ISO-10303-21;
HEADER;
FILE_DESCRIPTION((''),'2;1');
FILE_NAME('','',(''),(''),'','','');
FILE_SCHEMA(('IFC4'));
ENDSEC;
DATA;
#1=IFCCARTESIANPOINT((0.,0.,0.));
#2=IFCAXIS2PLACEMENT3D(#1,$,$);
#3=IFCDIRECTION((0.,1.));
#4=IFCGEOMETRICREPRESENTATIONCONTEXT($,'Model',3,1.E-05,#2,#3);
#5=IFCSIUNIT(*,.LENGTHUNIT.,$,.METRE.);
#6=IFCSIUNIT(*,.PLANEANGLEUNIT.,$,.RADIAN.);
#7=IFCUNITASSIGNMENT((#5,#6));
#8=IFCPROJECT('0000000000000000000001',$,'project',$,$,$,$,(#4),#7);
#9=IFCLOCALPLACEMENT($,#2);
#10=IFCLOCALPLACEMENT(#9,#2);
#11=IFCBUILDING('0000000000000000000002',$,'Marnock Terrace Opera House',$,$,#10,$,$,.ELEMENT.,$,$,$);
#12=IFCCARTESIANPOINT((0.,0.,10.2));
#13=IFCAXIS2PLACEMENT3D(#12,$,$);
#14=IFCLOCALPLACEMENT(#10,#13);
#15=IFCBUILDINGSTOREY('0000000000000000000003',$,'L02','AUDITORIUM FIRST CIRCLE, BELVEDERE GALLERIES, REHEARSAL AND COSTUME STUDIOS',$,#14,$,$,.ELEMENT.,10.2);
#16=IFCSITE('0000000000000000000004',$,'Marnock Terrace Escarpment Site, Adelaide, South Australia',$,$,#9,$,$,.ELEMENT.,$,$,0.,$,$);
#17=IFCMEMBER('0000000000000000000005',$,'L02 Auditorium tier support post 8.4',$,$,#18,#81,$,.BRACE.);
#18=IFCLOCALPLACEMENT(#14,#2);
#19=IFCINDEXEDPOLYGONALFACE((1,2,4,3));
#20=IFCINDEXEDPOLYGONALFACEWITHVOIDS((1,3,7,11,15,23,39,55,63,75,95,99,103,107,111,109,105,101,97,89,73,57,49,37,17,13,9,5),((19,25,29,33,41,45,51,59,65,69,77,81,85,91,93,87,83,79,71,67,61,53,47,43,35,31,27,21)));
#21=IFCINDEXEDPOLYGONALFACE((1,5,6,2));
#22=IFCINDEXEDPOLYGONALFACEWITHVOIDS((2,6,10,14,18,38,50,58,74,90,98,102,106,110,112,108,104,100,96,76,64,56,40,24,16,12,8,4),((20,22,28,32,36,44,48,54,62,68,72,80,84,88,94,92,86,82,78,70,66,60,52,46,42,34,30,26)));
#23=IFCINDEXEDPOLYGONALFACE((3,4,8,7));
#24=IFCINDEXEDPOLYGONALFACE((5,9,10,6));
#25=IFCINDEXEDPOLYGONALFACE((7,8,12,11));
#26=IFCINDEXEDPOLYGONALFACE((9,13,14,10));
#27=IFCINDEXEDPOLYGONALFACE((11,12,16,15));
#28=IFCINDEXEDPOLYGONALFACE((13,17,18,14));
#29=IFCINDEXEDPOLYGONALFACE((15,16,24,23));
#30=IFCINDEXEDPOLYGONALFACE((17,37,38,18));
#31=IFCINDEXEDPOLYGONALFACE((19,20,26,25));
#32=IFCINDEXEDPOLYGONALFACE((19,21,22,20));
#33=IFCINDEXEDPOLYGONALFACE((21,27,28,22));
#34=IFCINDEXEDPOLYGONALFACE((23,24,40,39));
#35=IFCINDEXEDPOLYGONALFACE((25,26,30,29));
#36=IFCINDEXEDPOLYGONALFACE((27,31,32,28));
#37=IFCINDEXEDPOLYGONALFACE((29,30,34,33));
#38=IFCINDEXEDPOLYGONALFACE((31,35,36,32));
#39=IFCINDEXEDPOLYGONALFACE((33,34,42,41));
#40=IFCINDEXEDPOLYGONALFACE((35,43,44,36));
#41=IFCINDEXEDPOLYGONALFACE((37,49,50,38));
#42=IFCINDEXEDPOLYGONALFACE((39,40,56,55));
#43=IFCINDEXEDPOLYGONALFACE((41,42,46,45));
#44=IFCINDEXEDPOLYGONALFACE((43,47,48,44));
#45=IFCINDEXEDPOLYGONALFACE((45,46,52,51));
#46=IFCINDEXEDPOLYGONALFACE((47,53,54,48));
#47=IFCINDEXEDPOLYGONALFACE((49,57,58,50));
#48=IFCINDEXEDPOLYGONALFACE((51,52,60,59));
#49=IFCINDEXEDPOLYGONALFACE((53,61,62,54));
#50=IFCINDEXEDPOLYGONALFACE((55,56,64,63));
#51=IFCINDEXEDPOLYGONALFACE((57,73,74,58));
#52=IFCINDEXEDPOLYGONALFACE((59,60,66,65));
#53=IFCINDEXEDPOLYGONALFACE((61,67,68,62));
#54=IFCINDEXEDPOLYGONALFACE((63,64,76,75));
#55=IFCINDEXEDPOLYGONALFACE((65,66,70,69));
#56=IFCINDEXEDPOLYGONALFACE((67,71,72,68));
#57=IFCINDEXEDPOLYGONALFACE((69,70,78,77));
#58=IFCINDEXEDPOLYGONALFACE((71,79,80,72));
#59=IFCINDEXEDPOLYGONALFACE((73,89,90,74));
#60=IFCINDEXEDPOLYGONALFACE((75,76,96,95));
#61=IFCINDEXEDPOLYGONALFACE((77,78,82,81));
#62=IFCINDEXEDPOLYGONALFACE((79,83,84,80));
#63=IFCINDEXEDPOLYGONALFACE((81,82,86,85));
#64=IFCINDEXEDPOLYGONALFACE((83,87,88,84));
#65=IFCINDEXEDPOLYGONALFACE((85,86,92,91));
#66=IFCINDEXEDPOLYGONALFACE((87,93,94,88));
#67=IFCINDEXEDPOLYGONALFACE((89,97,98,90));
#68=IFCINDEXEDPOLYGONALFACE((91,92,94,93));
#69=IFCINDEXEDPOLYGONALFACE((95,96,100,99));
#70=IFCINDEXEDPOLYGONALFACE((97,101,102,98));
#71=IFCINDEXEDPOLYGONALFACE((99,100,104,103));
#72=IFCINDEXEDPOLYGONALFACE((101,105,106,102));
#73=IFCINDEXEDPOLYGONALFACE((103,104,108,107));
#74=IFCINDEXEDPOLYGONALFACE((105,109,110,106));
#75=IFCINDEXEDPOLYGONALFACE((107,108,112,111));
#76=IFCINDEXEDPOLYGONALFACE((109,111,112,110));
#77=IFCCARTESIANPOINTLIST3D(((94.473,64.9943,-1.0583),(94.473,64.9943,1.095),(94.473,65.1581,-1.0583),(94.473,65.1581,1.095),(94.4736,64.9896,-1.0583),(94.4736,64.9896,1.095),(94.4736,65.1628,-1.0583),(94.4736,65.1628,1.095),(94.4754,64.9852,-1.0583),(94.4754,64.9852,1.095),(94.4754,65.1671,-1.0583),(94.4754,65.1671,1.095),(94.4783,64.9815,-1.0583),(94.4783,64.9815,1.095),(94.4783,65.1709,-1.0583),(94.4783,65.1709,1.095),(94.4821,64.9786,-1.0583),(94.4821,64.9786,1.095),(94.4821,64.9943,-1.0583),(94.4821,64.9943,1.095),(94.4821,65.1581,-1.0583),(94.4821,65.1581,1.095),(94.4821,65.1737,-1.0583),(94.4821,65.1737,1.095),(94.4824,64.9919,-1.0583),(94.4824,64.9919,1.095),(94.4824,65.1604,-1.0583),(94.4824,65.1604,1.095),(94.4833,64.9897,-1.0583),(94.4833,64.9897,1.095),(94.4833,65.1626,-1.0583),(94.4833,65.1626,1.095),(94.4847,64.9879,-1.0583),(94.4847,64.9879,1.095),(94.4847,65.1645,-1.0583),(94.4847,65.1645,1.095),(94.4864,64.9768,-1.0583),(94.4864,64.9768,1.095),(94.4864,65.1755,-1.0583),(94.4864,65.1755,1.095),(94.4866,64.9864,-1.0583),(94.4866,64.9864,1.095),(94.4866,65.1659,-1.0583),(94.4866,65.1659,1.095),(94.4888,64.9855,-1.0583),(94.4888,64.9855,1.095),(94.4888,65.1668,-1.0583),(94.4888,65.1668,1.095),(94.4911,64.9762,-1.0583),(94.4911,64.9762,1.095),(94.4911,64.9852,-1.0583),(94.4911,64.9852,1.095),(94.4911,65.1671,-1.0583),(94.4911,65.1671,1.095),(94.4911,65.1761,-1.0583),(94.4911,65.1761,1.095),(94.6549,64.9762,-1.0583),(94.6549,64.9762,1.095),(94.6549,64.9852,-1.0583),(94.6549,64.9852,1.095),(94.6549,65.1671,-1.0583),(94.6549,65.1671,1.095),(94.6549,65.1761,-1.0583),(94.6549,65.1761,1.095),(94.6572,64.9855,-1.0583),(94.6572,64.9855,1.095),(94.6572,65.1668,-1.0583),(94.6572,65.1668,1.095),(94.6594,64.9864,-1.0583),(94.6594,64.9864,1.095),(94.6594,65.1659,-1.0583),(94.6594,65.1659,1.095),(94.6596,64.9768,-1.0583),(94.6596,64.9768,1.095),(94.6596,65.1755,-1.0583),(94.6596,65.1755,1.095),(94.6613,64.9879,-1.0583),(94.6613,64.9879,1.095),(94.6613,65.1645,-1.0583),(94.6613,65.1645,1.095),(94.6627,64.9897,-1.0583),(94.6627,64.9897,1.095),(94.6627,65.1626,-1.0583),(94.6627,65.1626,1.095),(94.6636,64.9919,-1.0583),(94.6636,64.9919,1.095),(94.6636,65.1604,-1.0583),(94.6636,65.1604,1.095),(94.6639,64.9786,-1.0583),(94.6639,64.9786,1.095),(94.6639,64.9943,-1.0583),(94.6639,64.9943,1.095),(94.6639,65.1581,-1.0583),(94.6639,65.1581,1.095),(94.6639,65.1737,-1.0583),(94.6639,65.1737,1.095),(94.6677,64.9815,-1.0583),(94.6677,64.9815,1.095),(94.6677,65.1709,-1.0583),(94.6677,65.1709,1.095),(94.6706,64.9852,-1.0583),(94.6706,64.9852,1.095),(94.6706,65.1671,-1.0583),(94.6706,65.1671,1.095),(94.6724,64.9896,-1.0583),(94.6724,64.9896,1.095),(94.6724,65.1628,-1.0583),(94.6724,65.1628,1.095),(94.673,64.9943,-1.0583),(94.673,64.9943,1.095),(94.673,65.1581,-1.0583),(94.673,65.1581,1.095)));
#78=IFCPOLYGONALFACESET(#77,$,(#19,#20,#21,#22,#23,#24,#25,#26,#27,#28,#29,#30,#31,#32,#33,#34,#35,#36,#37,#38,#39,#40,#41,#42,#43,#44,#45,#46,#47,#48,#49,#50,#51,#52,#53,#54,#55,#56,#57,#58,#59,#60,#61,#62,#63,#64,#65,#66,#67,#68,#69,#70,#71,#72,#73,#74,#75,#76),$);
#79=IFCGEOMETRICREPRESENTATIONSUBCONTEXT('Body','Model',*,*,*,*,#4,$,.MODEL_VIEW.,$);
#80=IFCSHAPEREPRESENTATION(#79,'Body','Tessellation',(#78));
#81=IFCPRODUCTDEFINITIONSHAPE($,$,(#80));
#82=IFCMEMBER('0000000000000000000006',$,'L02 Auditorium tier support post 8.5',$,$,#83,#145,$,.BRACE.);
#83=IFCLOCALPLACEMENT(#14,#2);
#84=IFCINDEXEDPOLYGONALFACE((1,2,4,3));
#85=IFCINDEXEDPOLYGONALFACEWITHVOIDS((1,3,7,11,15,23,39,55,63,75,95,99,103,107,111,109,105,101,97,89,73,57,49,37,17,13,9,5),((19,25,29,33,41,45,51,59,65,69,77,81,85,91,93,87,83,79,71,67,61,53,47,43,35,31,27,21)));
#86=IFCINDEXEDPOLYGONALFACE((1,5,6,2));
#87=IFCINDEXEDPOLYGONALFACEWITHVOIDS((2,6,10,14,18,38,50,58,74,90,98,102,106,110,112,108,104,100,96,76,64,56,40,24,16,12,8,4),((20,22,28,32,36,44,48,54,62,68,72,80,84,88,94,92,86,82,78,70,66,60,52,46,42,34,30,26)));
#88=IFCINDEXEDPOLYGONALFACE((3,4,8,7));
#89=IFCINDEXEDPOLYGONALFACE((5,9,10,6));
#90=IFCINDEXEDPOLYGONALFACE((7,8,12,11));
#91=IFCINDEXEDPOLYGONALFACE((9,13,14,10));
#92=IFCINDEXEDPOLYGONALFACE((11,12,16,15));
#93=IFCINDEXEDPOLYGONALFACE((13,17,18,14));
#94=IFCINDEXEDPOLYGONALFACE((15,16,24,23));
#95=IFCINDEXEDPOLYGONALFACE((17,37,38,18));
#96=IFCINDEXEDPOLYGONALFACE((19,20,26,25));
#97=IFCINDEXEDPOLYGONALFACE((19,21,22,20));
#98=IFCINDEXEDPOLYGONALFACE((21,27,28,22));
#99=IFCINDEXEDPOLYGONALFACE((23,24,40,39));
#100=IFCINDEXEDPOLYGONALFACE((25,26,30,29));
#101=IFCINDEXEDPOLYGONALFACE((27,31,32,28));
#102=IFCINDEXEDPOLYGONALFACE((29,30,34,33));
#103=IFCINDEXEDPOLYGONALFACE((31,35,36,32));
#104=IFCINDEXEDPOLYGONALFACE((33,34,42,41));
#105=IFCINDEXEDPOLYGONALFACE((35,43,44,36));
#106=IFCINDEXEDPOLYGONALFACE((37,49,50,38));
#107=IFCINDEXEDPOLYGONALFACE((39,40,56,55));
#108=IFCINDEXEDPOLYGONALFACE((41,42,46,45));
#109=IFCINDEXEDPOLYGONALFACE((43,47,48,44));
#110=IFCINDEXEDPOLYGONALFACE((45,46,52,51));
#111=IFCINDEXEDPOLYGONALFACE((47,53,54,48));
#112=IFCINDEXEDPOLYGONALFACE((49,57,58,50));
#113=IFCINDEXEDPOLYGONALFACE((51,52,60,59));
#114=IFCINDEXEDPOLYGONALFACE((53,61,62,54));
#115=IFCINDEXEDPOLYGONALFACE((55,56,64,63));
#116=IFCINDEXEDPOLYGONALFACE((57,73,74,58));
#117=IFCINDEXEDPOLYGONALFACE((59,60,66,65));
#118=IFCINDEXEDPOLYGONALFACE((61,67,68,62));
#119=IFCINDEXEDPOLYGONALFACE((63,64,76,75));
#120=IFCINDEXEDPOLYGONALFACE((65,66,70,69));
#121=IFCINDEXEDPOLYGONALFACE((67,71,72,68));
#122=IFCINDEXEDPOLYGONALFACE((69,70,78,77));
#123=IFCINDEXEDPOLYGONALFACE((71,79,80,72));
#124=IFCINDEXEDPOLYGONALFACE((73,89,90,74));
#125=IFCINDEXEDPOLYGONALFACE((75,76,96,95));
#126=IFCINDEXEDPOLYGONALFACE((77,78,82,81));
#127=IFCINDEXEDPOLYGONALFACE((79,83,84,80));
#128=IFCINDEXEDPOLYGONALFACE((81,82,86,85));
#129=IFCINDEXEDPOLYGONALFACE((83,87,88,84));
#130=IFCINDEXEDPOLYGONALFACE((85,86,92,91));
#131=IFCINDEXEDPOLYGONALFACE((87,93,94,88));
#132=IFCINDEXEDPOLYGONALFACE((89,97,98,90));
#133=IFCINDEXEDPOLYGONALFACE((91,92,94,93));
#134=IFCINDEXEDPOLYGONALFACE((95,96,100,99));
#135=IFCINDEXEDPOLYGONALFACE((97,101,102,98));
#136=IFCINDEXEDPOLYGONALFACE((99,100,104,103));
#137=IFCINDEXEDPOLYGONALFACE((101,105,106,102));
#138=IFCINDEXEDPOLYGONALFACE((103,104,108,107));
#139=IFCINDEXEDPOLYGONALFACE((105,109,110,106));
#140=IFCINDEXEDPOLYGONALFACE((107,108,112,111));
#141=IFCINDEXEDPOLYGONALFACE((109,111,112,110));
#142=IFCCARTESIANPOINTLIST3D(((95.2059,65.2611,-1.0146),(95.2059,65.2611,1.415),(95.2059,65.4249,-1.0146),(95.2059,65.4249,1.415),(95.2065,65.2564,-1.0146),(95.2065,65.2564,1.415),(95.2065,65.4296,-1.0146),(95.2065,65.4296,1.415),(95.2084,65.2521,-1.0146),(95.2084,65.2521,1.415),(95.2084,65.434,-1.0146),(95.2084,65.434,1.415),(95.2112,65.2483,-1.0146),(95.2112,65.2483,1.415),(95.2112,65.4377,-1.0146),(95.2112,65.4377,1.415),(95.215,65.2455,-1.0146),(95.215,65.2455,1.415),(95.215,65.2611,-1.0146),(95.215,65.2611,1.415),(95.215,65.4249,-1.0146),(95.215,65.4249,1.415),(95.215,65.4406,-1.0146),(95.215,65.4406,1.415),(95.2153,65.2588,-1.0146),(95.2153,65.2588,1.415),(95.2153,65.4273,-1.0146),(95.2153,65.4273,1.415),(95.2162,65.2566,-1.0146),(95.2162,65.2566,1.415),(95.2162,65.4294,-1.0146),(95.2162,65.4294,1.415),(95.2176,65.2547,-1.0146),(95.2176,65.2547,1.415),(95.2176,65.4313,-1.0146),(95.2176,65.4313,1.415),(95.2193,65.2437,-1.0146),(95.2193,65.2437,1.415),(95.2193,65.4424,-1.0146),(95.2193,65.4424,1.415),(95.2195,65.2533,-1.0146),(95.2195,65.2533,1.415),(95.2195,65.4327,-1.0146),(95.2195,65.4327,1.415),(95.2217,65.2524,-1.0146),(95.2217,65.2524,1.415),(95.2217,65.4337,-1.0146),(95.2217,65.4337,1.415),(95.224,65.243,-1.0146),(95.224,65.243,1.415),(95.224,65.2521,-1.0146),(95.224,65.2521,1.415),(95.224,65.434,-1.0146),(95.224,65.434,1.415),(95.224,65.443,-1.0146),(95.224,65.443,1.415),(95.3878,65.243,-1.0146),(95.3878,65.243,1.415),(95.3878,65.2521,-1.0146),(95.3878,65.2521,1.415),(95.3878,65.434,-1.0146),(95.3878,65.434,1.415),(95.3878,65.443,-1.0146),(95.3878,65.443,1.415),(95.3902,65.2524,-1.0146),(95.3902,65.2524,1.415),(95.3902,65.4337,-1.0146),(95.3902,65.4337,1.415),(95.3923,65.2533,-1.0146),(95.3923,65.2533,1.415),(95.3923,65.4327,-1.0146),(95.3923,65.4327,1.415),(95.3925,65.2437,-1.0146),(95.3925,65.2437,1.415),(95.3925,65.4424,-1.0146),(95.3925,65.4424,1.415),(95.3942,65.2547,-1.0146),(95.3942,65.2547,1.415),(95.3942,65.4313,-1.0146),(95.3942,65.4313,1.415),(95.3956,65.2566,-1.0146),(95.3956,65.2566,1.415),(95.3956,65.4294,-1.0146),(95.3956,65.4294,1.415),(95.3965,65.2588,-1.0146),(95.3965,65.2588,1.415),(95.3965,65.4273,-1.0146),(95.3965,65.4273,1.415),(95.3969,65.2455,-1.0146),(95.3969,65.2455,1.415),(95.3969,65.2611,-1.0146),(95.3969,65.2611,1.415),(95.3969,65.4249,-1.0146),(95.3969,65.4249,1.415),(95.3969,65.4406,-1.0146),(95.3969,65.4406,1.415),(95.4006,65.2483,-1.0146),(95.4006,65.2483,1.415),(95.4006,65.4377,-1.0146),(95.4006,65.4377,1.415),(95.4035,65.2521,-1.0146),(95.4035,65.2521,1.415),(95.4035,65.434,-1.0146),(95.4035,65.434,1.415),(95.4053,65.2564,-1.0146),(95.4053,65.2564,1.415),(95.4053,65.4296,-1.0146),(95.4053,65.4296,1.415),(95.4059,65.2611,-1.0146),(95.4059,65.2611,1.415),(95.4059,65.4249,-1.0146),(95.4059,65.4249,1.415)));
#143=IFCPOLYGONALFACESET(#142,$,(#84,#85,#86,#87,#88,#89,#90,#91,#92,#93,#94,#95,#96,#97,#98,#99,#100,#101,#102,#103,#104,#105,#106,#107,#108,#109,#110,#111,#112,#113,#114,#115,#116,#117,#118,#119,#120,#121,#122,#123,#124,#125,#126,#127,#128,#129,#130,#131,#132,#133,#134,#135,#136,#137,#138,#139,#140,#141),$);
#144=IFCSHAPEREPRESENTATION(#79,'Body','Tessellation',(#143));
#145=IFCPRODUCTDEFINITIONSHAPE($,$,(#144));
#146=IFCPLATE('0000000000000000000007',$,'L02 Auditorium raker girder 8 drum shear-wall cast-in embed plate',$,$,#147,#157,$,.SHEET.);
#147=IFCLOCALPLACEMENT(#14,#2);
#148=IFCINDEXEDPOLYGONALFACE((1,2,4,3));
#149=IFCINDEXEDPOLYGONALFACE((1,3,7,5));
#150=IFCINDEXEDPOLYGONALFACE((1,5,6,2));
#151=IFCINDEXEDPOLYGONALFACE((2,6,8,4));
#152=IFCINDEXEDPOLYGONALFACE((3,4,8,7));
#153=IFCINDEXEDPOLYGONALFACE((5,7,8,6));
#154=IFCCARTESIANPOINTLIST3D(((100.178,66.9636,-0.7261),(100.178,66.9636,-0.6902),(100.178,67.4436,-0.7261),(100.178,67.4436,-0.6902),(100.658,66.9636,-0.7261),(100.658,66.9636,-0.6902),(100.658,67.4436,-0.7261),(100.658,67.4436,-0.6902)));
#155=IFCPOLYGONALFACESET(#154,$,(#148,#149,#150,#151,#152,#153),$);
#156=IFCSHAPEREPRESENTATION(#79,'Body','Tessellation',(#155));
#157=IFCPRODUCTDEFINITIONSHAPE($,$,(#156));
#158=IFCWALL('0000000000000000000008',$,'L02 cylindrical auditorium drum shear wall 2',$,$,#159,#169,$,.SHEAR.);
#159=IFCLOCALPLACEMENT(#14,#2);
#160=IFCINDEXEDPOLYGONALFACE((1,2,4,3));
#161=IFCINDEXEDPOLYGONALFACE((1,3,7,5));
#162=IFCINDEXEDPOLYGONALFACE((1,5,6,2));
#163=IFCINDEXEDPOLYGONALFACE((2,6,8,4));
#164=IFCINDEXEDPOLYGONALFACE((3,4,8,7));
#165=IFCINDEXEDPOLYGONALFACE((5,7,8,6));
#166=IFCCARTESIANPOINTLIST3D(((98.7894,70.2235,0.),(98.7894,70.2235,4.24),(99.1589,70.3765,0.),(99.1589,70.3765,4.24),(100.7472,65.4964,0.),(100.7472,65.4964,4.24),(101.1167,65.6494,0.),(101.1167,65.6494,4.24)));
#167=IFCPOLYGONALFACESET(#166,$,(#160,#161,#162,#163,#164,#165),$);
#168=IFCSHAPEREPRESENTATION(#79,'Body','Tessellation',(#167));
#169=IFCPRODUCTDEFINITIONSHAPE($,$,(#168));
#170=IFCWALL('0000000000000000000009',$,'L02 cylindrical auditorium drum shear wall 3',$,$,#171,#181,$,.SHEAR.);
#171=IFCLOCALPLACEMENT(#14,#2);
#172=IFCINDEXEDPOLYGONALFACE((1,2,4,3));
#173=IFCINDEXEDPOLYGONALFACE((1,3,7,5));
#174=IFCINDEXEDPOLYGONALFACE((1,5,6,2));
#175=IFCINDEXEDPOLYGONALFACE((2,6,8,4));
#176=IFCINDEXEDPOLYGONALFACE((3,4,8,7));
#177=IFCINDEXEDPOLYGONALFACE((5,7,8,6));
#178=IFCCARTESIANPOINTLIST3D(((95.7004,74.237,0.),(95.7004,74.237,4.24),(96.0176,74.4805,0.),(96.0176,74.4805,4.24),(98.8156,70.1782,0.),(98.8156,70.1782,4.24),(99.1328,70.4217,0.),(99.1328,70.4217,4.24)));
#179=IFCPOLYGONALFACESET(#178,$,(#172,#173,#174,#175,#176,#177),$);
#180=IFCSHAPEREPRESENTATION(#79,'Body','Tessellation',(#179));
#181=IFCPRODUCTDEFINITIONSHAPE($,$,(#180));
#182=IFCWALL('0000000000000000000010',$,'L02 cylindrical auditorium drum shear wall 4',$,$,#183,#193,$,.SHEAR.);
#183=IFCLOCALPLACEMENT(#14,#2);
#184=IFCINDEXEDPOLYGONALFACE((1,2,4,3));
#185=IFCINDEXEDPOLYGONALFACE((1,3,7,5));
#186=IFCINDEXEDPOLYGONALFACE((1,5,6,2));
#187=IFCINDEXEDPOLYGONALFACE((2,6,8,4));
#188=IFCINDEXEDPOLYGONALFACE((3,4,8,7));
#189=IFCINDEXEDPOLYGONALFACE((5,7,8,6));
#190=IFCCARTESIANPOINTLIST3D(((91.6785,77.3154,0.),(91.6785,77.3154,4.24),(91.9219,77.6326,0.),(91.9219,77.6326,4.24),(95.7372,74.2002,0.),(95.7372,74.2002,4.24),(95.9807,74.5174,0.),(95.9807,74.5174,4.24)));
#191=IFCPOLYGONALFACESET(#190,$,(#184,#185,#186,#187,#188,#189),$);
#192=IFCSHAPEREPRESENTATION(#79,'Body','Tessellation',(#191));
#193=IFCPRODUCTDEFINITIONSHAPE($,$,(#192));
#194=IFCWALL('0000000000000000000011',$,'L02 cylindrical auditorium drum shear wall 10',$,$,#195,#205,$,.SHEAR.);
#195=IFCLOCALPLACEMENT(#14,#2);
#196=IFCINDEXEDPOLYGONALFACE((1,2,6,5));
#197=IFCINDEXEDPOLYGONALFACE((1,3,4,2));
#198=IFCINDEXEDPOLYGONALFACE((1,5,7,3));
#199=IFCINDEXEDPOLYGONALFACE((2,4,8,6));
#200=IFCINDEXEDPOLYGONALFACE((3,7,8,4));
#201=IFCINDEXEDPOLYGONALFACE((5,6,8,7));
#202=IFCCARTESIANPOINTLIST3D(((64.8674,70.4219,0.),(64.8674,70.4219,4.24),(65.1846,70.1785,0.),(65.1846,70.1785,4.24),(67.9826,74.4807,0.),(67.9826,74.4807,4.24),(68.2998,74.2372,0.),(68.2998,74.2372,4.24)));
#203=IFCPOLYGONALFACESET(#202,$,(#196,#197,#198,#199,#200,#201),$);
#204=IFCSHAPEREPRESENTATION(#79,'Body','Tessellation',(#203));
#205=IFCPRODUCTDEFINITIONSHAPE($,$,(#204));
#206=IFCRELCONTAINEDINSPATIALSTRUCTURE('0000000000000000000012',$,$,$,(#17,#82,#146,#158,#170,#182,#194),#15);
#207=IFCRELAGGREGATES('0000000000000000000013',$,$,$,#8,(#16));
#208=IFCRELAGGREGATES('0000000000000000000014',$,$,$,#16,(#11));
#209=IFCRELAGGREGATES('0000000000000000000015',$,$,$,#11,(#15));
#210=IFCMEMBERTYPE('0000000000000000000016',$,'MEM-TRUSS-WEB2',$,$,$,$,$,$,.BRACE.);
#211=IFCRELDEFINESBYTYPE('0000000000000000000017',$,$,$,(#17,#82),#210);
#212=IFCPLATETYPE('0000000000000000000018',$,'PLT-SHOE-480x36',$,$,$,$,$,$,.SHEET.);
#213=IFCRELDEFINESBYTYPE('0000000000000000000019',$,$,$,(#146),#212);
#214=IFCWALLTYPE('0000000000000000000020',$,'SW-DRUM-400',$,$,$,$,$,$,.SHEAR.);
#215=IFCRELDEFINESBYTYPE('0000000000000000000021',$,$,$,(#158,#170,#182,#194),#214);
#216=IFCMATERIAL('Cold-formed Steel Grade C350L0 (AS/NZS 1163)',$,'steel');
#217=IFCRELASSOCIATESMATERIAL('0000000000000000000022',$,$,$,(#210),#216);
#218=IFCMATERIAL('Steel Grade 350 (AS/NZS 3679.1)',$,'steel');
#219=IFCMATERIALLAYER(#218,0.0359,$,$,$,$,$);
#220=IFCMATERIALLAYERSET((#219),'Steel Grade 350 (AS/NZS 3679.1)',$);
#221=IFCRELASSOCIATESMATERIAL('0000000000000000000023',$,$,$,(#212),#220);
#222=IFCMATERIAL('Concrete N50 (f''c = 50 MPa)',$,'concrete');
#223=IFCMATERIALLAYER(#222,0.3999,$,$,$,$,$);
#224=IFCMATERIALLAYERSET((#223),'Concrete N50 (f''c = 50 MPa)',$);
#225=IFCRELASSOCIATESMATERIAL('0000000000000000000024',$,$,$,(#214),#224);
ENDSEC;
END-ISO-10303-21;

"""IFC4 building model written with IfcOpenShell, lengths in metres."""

from ifc_helpers import new_model, si_unit, direction, frame, frame_2d, origin, origin_2d, place, context, subcontext, project, spatial, rectangle, hollow_rectangle, extrude, material, layer, layer_set, material_profile, profile_set, type_object, element, save


model = new_model("IFC4")

# Units and contexts
model_context = context("Model", 3, precision=1e-05, world=origin(), true_north=direction((0.0, 1.0)))
body_context = subcontext(model_context, "Body", "Model", "MODEL_VIEW")
ifc_project = project(units=[si_unit("LENGTHUNIT", "METRE"), si_unit("PLANEANGLEUNIT", "RADIAN")], contexts=[model_context])

# Site, building, storey
site_placement = place(None, origin())
site = spatial("IfcSite", under=ifc_project, at=site_placement, Name="Marnock Terrace Escarpment Site, Adelaide, South Australia", CompositionType="ELEMENT", RefElevation=0.0)
building_placement = place(site_placement, origin())
building = spatial("IfcBuilding", under=site, at=building_placement, Name="Marnock Terrace Opera House", CompositionType="ELEMENT")
storey_placement = place(building_placement, frame((0.0, 0.0, 10.2)))
storey = spatial("IfcBuildingStorey", under=building, at=storey_placement, Name="L02", Description="AUDITORIUM FIRST CIRCLE, BELVEDERE GALLERIES, REHEARSAL AND COSTUME STUDIOS", CompositionType="ELEMENT", Elevation=10.2)

# Shared definitions
ifc_material_1 = material(Name="Concrete N50 (f'c = 50 MPa)", Category="concrete")

# Shared definitions
ifc_material_2 = material(Name="Steel Grade 350 (AS/NZS 3679.1)", Category="steel")

# Members
ifc_material_3 = material(Name="Cold-formed Steel Grade C350L0 (AS/NZS 1163)", Category="steel")
ifc_material_profile_1 = material_profile(ifc_material_3, hollow_rectangle(XDim=0.2, YDim=0.2, WallThickness=0.009, InnerFilletRadius=0.009, OuterFilletRadius=0.0181, at=origin_2d()))
ifc_profile_set_1 = profile_set([ifc_material_profile_1], Name="Cold-formed Steel Grade C350L0 (AS/NZS 1163)")
member_type = type_object("IfcMemberType", Name="MEM-TRUSS-WEB2", PredefinedType="BRACE", material=ifc_profile_set_1)
member_1_placement = place(storey_placement, frame((94.573, 65.0762, -1.0583), z_axis=(0.0, 0.0, 1.0), x_axis=(1.0, 0.0, 0.0)))
element("IfcMember", 1, at=member_1_placement, inside=storey, type_object=member_type, Name="L02 Auditorium tier support post 8.4", PredefinedType="BRACE", context=body_context, shape_type="SweptSolid", body=[
    extrude(hollow_rectangle(XDim=0.2, YDim=0.2, WallThickness=0.009, InnerFilletRadius=0.009, OuterFilletRadius=0.0181, at=origin_2d()), origin(), (0.0, 0.0, 1.0), 2.1533),
])
member_2_placement = place(storey_placement, frame((95.3059, 65.343, -1.0146), z_axis=(0.0, 0.0, 1.0), x_axis=(1.0, 0.0, 0.0)))
element("IfcMember", 2, at=member_2_placement, inside=storey, type_object=member_type, Name="L02 Auditorium tier support post 8.5", PredefinedType="BRACE", context=body_context, shape_type="SweptSolid", body=[
    extrude(hollow_rectangle(XDim=0.2, YDim=0.2, WallThickness=0.009, InnerFilletRadius=0.009, OuterFilletRadius=0.0181, at=origin_2d()), origin(), (0.0, 0.0, 1.0), 2.4297),
])

# Plate
ifc_layer_1 = layer(ifc_material_2, 0.0359)
ifc_layer_set_1 = layer_set([ifc_layer_1], Name="Steel Grade 350 (AS/NZS 3679.1)")
plate_type = type_object("IfcPlateType", Name="PLT-SHOE-480x36", PredefinedType="SHEET", material=ifc_layer_set_1)
plate_placement = place(storey_placement, frame((100.418, 67.2036, -0.7261), z_axis=(0.0, 0.0, 1.0), x_axis=(1.0, 0.0, 0.0)))
element("IfcPlate", 3, at=plate_placement, inside=storey, type_object=plate_type, Name="L02 Auditorium raker girder 8 drum shear-wall cast-in embed plate", PredefinedType="SHEET", context=body_context, shape_type="SweptSolid", body=[
    extrude(rectangle(XDim=0.48, YDim=0.48, at=origin_2d()), origin(), (0.0, 0.0, 1.0), 0.0359),
])

# Walls
ifc_layer_2 = layer(ifc_material_1, 0.3999)
ifc_layer_set_2 = layer_set([ifc_layer_2], Name="Concrete N50 (f'c = 50 MPa)")
wall_type = type_object("IfcWallType", Name="SW-DRUM-400", PredefinedType="SHEAR", material=ifc_layer_set_2)
for number, where, z_axis, x_axis, name in (
    (4, (100.9319, 65.573, 0.0), (0.0, 0.0, 1.0), (-0.382643, 0.923896, 0.0), "L02 cylindrical auditorium drum shear wall 2"),
    (5, (98.9741, 70.3, 0.0), (0.0, 0.0, 1.0), (-0.608857, 0.79328, 0.0), "L02 cylindrical auditorium drum shear wall 3"),
    (6, (95.8589, 74.3589, 0.0), (0.0, 0.0, 1.0), (-0.79328, 0.608857, 0.0), "L02 cylindrical auditorium drum shear wall 4"),
    (7, (68.1411, 74.3589, 0.0), (0.0, 0.0, 1.0), (-0.608857, -0.79328, 0.0), "L02 cylindrical auditorium drum shear wall 10"),
):
    element("IfcWall", number, at=place(storey_placement, frame(where, z_axis=z_axis, x_axis=x_axis)), inside=storey, type_object=wall_type, Name=name, PredefinedType="SHEAR", context=body_context, shape_type="SweptSolid", body=[
        extrude(rectangle(XDim=5.1165, YDim=0.3999, at=frame_2d((2.5581, 0.0))), origin(), (0.0, 0.0, 1.0), 4.24),
    ])

save(model, "model.ifc")
